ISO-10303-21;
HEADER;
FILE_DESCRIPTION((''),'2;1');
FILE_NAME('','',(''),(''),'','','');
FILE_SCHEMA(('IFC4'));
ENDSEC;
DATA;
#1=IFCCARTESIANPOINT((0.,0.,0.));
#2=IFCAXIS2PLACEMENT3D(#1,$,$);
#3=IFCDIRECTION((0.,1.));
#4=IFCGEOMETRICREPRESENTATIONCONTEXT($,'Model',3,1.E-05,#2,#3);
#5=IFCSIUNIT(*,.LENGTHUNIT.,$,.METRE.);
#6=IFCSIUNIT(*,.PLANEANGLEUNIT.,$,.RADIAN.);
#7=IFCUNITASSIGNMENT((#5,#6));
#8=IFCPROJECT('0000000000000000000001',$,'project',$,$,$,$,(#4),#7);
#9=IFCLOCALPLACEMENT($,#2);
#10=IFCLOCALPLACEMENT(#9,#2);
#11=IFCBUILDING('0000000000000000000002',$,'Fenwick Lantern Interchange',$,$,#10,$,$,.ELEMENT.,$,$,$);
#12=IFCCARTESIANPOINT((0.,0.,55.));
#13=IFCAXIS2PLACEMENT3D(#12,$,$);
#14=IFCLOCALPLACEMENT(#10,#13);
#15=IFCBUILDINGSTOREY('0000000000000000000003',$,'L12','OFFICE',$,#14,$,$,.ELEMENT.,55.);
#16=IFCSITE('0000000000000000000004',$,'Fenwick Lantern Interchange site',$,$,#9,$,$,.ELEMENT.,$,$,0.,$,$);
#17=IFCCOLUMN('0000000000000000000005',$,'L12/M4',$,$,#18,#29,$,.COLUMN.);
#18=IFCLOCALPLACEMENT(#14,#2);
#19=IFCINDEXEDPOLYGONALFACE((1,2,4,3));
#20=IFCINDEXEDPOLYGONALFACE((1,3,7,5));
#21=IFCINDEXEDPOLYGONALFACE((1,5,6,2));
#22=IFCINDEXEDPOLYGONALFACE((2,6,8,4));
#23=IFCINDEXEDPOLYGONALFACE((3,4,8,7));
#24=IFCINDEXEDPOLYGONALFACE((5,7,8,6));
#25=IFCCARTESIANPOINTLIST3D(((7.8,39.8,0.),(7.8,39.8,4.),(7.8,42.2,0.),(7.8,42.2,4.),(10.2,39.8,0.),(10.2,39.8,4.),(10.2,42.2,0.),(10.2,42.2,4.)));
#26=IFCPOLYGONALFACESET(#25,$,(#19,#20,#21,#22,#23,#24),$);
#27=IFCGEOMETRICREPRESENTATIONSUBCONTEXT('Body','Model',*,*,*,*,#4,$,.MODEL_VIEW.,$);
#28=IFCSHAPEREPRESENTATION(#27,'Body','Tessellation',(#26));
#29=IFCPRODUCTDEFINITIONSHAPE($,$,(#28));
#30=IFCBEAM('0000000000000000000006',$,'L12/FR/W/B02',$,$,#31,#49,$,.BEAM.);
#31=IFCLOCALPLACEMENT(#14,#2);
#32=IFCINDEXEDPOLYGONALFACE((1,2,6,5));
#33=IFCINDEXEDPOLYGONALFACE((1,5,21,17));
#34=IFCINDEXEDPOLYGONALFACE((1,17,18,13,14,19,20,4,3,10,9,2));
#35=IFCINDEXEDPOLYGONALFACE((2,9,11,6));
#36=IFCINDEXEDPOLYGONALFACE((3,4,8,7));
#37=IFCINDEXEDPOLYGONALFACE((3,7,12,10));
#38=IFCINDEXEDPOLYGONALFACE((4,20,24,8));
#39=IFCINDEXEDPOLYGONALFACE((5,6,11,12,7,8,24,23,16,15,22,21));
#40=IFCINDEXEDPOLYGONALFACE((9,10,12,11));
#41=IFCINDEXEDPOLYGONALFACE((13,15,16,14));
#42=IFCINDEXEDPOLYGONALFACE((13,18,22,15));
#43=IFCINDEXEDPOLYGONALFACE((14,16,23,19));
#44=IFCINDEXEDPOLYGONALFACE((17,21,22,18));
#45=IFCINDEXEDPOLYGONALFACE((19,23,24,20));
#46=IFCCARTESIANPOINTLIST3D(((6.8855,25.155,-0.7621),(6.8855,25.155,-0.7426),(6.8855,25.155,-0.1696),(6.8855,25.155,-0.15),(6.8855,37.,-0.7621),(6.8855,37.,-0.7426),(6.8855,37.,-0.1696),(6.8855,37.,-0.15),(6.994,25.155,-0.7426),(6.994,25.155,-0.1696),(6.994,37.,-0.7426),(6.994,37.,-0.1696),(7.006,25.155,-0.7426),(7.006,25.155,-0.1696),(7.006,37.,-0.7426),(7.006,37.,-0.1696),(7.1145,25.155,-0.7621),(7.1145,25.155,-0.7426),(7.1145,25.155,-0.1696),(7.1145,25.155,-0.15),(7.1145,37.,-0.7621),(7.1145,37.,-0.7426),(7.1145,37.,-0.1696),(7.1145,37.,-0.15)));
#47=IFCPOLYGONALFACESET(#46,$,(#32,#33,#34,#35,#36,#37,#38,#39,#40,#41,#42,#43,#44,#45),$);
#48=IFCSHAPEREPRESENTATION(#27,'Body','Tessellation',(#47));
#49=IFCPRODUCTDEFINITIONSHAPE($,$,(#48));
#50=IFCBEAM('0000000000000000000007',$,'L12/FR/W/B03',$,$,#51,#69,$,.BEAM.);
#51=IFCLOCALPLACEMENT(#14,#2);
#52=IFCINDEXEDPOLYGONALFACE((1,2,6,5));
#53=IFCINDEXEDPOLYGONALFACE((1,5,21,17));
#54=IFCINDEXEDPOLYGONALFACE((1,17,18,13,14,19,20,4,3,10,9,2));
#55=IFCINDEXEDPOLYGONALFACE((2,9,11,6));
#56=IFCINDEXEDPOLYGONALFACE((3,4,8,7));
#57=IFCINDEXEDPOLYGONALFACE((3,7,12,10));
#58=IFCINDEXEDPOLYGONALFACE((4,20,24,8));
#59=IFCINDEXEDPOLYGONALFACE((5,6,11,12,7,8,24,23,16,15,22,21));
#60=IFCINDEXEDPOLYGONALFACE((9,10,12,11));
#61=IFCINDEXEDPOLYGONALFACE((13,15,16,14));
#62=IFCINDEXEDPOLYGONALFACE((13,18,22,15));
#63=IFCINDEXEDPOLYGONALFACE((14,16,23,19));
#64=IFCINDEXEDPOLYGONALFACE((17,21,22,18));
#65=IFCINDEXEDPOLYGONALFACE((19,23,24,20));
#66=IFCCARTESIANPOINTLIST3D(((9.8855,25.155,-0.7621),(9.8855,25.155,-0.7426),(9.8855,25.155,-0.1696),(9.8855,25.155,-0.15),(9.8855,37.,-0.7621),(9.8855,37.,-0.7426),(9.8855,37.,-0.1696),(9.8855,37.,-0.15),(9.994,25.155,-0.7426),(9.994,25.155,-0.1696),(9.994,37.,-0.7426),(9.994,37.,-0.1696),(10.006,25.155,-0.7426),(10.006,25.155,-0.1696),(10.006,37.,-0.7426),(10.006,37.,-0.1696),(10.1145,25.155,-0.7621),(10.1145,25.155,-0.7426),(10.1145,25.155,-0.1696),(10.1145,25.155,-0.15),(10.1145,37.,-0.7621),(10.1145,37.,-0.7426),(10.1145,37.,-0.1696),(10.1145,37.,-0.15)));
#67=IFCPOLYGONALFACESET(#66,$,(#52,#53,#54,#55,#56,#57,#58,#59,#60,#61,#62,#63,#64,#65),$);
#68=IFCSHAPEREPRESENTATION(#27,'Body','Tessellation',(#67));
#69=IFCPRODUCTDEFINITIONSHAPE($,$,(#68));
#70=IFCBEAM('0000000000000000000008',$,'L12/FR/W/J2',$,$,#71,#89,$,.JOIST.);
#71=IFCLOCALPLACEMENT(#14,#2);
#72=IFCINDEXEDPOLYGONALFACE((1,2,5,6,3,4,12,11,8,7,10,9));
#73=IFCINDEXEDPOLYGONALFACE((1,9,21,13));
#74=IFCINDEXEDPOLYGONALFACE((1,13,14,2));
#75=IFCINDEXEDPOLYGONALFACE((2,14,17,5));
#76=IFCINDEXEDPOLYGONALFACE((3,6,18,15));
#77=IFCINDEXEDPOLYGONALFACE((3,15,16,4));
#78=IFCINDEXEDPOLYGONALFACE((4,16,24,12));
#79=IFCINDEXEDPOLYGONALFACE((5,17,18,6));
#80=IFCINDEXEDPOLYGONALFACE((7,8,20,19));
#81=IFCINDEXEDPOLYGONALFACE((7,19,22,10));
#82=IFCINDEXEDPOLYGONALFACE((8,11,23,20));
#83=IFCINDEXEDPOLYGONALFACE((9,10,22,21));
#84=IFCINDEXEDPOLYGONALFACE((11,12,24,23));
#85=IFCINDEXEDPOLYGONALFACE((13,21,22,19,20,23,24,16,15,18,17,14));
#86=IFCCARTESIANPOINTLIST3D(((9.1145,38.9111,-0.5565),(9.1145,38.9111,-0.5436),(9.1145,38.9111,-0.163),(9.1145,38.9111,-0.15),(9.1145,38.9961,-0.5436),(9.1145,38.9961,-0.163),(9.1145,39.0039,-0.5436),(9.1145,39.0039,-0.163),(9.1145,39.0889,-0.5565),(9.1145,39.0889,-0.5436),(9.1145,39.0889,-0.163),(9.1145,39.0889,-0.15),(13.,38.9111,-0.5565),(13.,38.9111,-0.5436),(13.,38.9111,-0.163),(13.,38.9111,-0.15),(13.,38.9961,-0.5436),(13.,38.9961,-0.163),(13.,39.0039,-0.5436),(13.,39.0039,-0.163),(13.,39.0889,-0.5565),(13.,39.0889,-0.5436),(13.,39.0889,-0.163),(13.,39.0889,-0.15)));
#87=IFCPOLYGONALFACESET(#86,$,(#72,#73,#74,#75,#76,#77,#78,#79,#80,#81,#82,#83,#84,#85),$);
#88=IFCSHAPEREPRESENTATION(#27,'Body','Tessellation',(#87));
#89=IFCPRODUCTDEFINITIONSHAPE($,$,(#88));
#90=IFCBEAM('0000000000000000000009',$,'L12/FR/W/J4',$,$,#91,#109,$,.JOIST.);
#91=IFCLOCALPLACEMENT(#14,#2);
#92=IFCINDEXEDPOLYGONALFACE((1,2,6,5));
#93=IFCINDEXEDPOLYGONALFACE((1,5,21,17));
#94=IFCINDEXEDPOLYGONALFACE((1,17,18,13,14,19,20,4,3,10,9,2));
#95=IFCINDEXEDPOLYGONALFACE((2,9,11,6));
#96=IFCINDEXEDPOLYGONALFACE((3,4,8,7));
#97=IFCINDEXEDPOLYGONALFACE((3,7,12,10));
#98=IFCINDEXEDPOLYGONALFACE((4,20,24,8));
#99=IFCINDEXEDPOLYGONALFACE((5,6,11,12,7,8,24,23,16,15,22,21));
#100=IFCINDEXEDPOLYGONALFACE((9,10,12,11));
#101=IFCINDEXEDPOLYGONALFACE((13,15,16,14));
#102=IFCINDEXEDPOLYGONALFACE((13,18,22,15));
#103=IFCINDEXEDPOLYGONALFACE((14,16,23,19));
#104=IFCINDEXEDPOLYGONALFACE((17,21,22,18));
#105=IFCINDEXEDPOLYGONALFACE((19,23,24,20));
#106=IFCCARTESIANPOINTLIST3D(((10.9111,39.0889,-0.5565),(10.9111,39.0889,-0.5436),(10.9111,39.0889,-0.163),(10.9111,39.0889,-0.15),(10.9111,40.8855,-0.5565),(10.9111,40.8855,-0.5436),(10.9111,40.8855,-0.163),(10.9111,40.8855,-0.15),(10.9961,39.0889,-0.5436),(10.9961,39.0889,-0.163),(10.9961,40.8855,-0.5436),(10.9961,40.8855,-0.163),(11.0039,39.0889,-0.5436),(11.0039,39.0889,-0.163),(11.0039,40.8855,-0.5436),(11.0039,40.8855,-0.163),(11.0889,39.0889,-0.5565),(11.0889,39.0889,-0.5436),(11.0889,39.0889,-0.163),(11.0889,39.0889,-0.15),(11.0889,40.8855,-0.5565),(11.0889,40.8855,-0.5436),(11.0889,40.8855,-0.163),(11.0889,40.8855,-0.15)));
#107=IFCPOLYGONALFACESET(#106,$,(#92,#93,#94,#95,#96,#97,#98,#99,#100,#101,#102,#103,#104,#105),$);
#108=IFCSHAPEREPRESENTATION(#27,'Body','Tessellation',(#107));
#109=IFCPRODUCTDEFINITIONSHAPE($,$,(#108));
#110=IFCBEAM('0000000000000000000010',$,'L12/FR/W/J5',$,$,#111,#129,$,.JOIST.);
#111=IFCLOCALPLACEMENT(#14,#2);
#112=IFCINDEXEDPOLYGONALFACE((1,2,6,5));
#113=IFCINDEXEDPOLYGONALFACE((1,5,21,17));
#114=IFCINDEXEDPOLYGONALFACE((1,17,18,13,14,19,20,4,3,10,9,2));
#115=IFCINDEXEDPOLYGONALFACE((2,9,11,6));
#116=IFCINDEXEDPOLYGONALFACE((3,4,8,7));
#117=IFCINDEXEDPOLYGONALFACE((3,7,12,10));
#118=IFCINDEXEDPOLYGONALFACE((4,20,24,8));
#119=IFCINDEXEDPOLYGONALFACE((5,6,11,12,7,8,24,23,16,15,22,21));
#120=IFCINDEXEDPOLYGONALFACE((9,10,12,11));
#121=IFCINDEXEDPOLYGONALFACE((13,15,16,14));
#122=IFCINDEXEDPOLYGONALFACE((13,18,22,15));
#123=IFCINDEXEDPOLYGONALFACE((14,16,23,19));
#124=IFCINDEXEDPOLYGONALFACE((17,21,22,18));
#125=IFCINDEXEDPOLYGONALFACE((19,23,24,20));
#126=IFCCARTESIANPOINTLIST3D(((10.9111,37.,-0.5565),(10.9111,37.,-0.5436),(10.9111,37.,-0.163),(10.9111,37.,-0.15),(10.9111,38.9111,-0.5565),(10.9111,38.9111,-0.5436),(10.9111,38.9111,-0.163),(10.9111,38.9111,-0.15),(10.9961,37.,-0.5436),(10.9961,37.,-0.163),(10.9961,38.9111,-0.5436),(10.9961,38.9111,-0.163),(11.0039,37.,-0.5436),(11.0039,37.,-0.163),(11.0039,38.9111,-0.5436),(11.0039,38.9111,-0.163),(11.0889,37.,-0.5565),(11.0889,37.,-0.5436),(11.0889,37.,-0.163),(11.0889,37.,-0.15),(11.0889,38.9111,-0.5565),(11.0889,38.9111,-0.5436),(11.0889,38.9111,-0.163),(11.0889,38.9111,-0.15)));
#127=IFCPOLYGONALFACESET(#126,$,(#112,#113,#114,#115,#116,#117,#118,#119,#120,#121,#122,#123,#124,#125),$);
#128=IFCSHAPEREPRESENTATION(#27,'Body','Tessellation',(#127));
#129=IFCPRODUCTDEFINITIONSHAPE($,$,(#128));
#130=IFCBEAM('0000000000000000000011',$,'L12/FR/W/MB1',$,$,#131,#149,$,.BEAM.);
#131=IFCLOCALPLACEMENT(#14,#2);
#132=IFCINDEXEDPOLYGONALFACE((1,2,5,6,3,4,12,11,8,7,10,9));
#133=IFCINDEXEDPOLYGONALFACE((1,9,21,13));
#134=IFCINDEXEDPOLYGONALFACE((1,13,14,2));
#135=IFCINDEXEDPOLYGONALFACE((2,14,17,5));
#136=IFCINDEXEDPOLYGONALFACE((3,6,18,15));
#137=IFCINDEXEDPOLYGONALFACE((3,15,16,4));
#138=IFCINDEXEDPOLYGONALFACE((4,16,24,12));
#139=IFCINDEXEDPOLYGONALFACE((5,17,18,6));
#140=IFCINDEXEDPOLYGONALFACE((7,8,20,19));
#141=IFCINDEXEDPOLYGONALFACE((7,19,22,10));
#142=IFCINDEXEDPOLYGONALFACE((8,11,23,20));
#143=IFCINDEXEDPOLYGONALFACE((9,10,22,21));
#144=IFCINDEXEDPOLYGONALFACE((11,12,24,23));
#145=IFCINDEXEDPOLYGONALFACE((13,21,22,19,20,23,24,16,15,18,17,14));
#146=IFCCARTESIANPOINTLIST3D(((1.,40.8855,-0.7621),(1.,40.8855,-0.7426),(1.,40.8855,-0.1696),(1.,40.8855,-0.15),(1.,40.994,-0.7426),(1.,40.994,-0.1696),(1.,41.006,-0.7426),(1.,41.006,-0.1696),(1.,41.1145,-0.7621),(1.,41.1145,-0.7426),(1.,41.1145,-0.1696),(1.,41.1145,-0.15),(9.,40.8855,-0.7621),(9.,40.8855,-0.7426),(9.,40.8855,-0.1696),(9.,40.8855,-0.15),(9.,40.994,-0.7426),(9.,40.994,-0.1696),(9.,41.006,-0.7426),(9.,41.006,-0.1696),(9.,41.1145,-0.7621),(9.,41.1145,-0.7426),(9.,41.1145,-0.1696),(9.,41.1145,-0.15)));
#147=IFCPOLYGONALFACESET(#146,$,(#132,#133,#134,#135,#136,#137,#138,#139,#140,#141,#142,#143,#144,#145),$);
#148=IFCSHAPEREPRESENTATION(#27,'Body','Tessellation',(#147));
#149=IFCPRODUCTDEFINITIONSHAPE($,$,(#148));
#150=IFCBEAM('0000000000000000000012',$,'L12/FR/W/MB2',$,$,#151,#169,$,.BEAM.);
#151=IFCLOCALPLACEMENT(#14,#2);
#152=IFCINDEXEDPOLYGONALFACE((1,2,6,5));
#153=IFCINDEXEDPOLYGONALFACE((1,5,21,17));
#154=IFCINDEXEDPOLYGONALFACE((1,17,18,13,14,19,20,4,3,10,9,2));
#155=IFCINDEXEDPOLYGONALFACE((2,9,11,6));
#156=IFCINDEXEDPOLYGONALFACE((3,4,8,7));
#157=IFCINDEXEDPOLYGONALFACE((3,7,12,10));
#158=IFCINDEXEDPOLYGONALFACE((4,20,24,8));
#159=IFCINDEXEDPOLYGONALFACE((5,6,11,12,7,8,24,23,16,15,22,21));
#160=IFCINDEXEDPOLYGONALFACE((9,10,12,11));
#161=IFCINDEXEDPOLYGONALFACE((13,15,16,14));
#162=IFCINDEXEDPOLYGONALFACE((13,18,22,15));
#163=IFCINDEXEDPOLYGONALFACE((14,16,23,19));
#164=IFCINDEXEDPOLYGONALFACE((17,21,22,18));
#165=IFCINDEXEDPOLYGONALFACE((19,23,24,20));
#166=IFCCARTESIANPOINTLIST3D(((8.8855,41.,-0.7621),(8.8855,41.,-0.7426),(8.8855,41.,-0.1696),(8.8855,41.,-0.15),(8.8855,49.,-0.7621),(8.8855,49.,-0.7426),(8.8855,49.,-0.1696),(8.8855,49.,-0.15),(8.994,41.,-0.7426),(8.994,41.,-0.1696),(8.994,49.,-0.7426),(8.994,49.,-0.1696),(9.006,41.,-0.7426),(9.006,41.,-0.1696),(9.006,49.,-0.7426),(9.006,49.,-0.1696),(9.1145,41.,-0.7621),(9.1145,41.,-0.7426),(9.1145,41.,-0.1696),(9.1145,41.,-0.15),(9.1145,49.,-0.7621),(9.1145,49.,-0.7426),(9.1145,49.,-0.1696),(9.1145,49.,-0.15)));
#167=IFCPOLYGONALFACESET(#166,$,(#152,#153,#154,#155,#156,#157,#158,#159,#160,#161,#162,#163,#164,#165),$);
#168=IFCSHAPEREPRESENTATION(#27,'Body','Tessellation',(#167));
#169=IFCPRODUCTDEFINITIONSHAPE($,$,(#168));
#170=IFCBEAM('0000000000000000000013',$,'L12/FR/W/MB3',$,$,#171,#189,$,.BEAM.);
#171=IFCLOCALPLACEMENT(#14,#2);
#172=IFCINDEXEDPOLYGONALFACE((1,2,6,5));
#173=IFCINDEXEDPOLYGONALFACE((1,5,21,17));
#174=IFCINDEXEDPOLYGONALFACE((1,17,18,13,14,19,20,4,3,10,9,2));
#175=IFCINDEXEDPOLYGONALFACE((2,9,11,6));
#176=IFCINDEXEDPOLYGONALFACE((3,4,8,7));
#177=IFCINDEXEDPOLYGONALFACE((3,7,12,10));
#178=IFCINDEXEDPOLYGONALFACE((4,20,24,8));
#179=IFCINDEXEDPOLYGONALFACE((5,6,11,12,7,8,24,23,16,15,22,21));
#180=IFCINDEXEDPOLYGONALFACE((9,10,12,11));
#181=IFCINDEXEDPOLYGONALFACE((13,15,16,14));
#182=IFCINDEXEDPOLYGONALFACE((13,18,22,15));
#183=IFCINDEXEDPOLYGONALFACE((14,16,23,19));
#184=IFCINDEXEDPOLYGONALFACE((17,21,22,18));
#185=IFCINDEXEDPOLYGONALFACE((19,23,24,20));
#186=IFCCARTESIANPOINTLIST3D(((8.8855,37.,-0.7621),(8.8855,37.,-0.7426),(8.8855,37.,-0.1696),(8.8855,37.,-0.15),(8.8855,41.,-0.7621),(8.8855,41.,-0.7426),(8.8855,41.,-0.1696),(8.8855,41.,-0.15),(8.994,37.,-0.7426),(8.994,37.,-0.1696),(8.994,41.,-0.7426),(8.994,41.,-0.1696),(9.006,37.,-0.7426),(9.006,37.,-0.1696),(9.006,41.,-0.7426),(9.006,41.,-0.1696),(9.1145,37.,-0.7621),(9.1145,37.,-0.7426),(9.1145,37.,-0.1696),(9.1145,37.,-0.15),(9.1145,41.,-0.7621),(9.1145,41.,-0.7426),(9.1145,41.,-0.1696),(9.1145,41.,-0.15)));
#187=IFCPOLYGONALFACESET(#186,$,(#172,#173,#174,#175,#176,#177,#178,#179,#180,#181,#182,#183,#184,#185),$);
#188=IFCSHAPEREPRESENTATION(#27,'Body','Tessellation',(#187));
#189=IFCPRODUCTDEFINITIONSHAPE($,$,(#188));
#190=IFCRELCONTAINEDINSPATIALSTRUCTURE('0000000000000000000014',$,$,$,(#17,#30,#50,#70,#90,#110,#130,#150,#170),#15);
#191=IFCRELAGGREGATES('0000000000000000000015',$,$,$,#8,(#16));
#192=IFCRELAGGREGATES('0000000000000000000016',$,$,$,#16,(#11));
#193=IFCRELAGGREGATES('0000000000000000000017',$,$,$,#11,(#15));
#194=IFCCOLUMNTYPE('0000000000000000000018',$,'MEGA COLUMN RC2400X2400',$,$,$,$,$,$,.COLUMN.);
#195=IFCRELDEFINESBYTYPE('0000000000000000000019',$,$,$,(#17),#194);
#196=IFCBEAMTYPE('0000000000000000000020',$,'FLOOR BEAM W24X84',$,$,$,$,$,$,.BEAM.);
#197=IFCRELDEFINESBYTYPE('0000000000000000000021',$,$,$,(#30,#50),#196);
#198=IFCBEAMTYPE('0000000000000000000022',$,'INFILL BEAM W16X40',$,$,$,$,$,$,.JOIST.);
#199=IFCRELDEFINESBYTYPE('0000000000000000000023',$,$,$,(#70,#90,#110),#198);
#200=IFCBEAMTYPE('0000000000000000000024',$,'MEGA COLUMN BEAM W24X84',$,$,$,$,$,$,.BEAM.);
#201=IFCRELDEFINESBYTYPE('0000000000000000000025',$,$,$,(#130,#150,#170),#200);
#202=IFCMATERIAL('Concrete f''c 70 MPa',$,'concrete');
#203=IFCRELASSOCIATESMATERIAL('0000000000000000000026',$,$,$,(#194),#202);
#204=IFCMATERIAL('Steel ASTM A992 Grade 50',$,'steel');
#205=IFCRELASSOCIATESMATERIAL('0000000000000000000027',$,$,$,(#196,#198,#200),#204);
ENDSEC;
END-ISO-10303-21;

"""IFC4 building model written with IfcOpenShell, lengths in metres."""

from ifc_helpers import new_model, si_unit, direction, frame, origin, origin_2d, place, context, subcontext, project, spatial, rectangle, i_section, extrude, material, material_profile, profile_set, type_object, element, save


model = new_model("IFC4")

# Units and contexts
model_context = context("Model", 3, precision=1e-05, world=origin(), true_north=direction((0.0, 1.0)))
body_context = subcontext(model_context, "Body", "Model", "MODEL_VIEW")
ifc_project = project(units=[si_unit("LENGTHUNIT", "METRE"), si_unit("PLANEANGLEUNIT", "RADIAN")], contexts=[model_context])

# Site, building, storey
site_placement = place(None, origin())
site = spatial("IfcSite", under=ifc_project, at=site_placement, Name="Fenwick Lantern Interchange site", CompositionType="ELEMENT", RefElevation=0.0)
building_placement = place(site_placement, origin())
building = spatial("IfcBuilding", under=site, at=building_placement, Name="Fenwick Lantern Interchange", CompositionType="ELEMENT")
storey_placement = place(building_placement, frame((0.0, 0.0, 55.0)))
storey = spatial("IfcBuildingStorey", under=building, at=storey_placement, Name="L12", Description="OFFICE", CompositionType="ELEMENT", Elevation=55.0)

# Column
ifc_material_1 = material(Name="Concrete f'c 70 MPa", Category="concrete")
ifc_material_profile_1 = material_profile(ifc_material_1, rectangle(XDim=2.3999, YDim=2.3999, at=origin_2d()), Name="RC2400X2400")
ifc_profile_set_1 = profile_set([ifc_material_profile_1], Name="Concrete f'c 70 MPa")
column_type = type_object("IfcColumnType", Name="MEGA COLUMN RC2400X2400", PredefinedType="COLUMN", material=ifc_profile_set_1)
column_placement = place(storey_placement, frame((9.0, 41.0, 0.0), z_axis=(0.0, 0.0, 1.0), x_axis=(1.0, 0.0, 0.0)))
element("IfcColumn", 1, at=column_placement, inside=storey, type_object=column_type, Name="L12/M4", PredefinedType="COLUMN", context=body_context, shape_type="SweptSolid", body=[
    extrude(rectangle(XDim=2.3999, YDim=2.3999, at=origin_2d()), origin(), (0.0, 0.0, 1.0), 4.0),
])

# Beams
ifc_material_2 = material(Name="Steel ASTM A992 Grade 50", Category="steel")
ifc_material_profile_2 = material_profile(ifc_material_2, i_section(OverallWidth=0.229, OverallDepth=0.6121, WebThickness=0.012, FlangeThickness=0.0195, at=origin_2d()), Name="W24X84")
ifc_profile_set_2 = profile_set([ifc_material_profile_2], Name="Steel ASTM A992 Grade 50")
beam_type_1 = type_object("IfcBeamType", Name="FLOOR BEAM W24X84", PredefinedType="BEAM", material=ifc_profile_set_2)
for number, where, z_axis, x_axis, name in (
    (2, (7.0, 37.0, -0.4561), (0.0, -1.0, 0.0), (1.0, 0.0, 0.0), "L12/FR/W/B02"),
    (3, (10.0, 37.0, -0.4561), (0.0, -1.0, 0.0), (1.0, 0.0, 0.0), "L12/FR/W/B03"),
):
    element("IfcBeam", number, at=place(storey_placement, frame(where, z_axis=z_axis, x_axis=x_axis)), inside=storey, type_object=beam_type_1, Name=name, PredefinedType="BEAM", context=body_context, shape_type="SweptSolid", body=[
        extrude(i_section(OverallWidth=0.229, OverallDepth=0.6121, WebThickness=0.012, FlangeThickness=0.0195, at=origin_2d()), origin(), (0.0, 0.0, 1.0), 11.845),
    ])
ifc_material_profile_3 = material_profile(ifc_material_2, i_section(OverallWidth=0.1777, OverallDepth=0.4065, WebThickness=0.0078, FlangeThickness=0.0129, at=origin_2d()), Name="W16X40")
ifc_profile_set_3 = profile_set([ifc_material_profile_3], Name="Steel ASTM A992 Grade 50")
beam_type_2 = type_object("IfcBeamType", Name="INFILL BEAM W16X40", PredefinedType="JOIST", material=ifc_profile_set_3)
beam_1_placement = place(storey_placement, frame((9.1145, 39.0, -0.3533), z_axis=(1.0, 0.0, 0.0), x_axis=(0.0, 1.0, 0.0)))
element("IfcBeam", 4, at=beam_1_placement, inside=storey, type_object=beam_type_2, Name="L12/FR/W/J2", PredefinedType="JOIST", context=body_context, shape_type="SweptSolid", body=[
    extrude(i_section(OverallWidth=0.1777, OverallDepth=0.4065, WebThickness=0.0078, FlangeThickness=0.0129, at=origin_2d()), origin(), (0.0, 0.0, 1.0), 3.8855),
])
beam_2_placement = place(storey_placement, frame((11.0, 40.8855, -0.3533), z_axis=(0.0, -1.0, 0.0), x_axis=(1.0, 0.0, 0.0)))
element("IfcBeam", 5, at=beam_2_placement, inside=storey, type_object=beam_type_2, Name="L12/FR/W/J4", PredefinedType="JOIST", context=body_context, shape_type="SweptSolid", body=[
    extrude(i_section(OverallWidth=0.1777, OverallDepth=0.4065, WebThickness=0.0078, FlangeThickness=0.0129, at=origin_2d()), origin(), (0.0, 0.0, 1.0), 1.7966),
])
beam_3_placement = place(storey_placement, frame((11.0, 38.9111, -0.3533), z_axis=(0.0, -1.0, 0.0), x_axis=(1.0, 0.0, 0.0)))
element("IfcBeam", 6, at=beam_3_placement, inside=storey, type_object=beam_type_2, Name="L12/FR/W/J5", PredefinedType="JOIST", context=body_context, shape_type="SweptSolid", body=[
    extrude(i_section(OverallWidth=0.1777, OverallDepth=0.4065, WebThickness=0.0078, FlangeThickness=0.0129, at=origin_2d()), origin(), (0.0, 0.0, 1.0), 1.9111),
])
ifc_material_profile_4 = material_profile(ifc_material_2, i_section(OverallWidth=0.229, OverallDepth=0.6121, WebThickness=0.012, FlangeThickness=0.0195, at=origin_2d()), Name="W24X84")
ifc_profile_set_4 = profile_set([ifc_material_profile_4], Name="Steel ASTM A992 Grade 50")
beam_type_3 = type_object("IfcBeamType", Name="MEGA COLUMN BEAM W24X84", PredefinedType="BEAM", material=ifc_profile_set_4)
for number, where, z_axis, x_axis, name in (
    (7, (9.0, 41.0, -0.4561), (-1.0, 0.0, 0.0), (0.0, -1.0, 0.0), "L12/FR/W/MB1"),
    (8, (9.0, 41.0, -0.4561), (0.0, 1.0, 0.0), (-1.0, 0.0, 0.0), "L12/FR/W/MB2"),
):
    element("IfcBeam", number, at=place(storey_placement, frame(where, z_axis=z_axis, x_axis=x_axis)), inside=storey, type_object=beam_type_3, Name=name, PredefinedType="BEAM", context=body_context, shape_type="SweptSolid", body=[
        extrude(i_section(OverallWidth=0.229, OverallDepth=0.6121, WebThickness=0.012, FlangeThickness=0.0195, at=origin_2d()), origin(), (0.0, 0.0, 1.0), 8.0),
    ])
beam_4_placement = place(storey_placement, frame((9.0, 41.0, -0.4561), z_axis=(0.0, -1.0, 0.0), x_axis=(1.0, 0.0, 0.0)))
element("IfcBeam", 9, at=beam_4_placement, inside=storey, type_object=beam_type_3, Name="L12/FR/W/MB3", PredefinedType="BEAM", context=body_context, shape_type="SweptSolid", body=[
    extrude(i_section(OverallWidth=0.229, OverallDepth=0.6121, WebThickness=0.012, FlangeThickness=0.0195, at=origin_2d()), origin(), (0.0, 0.0, 1.0), 4.0),
])

save(model, "model.ifc")
